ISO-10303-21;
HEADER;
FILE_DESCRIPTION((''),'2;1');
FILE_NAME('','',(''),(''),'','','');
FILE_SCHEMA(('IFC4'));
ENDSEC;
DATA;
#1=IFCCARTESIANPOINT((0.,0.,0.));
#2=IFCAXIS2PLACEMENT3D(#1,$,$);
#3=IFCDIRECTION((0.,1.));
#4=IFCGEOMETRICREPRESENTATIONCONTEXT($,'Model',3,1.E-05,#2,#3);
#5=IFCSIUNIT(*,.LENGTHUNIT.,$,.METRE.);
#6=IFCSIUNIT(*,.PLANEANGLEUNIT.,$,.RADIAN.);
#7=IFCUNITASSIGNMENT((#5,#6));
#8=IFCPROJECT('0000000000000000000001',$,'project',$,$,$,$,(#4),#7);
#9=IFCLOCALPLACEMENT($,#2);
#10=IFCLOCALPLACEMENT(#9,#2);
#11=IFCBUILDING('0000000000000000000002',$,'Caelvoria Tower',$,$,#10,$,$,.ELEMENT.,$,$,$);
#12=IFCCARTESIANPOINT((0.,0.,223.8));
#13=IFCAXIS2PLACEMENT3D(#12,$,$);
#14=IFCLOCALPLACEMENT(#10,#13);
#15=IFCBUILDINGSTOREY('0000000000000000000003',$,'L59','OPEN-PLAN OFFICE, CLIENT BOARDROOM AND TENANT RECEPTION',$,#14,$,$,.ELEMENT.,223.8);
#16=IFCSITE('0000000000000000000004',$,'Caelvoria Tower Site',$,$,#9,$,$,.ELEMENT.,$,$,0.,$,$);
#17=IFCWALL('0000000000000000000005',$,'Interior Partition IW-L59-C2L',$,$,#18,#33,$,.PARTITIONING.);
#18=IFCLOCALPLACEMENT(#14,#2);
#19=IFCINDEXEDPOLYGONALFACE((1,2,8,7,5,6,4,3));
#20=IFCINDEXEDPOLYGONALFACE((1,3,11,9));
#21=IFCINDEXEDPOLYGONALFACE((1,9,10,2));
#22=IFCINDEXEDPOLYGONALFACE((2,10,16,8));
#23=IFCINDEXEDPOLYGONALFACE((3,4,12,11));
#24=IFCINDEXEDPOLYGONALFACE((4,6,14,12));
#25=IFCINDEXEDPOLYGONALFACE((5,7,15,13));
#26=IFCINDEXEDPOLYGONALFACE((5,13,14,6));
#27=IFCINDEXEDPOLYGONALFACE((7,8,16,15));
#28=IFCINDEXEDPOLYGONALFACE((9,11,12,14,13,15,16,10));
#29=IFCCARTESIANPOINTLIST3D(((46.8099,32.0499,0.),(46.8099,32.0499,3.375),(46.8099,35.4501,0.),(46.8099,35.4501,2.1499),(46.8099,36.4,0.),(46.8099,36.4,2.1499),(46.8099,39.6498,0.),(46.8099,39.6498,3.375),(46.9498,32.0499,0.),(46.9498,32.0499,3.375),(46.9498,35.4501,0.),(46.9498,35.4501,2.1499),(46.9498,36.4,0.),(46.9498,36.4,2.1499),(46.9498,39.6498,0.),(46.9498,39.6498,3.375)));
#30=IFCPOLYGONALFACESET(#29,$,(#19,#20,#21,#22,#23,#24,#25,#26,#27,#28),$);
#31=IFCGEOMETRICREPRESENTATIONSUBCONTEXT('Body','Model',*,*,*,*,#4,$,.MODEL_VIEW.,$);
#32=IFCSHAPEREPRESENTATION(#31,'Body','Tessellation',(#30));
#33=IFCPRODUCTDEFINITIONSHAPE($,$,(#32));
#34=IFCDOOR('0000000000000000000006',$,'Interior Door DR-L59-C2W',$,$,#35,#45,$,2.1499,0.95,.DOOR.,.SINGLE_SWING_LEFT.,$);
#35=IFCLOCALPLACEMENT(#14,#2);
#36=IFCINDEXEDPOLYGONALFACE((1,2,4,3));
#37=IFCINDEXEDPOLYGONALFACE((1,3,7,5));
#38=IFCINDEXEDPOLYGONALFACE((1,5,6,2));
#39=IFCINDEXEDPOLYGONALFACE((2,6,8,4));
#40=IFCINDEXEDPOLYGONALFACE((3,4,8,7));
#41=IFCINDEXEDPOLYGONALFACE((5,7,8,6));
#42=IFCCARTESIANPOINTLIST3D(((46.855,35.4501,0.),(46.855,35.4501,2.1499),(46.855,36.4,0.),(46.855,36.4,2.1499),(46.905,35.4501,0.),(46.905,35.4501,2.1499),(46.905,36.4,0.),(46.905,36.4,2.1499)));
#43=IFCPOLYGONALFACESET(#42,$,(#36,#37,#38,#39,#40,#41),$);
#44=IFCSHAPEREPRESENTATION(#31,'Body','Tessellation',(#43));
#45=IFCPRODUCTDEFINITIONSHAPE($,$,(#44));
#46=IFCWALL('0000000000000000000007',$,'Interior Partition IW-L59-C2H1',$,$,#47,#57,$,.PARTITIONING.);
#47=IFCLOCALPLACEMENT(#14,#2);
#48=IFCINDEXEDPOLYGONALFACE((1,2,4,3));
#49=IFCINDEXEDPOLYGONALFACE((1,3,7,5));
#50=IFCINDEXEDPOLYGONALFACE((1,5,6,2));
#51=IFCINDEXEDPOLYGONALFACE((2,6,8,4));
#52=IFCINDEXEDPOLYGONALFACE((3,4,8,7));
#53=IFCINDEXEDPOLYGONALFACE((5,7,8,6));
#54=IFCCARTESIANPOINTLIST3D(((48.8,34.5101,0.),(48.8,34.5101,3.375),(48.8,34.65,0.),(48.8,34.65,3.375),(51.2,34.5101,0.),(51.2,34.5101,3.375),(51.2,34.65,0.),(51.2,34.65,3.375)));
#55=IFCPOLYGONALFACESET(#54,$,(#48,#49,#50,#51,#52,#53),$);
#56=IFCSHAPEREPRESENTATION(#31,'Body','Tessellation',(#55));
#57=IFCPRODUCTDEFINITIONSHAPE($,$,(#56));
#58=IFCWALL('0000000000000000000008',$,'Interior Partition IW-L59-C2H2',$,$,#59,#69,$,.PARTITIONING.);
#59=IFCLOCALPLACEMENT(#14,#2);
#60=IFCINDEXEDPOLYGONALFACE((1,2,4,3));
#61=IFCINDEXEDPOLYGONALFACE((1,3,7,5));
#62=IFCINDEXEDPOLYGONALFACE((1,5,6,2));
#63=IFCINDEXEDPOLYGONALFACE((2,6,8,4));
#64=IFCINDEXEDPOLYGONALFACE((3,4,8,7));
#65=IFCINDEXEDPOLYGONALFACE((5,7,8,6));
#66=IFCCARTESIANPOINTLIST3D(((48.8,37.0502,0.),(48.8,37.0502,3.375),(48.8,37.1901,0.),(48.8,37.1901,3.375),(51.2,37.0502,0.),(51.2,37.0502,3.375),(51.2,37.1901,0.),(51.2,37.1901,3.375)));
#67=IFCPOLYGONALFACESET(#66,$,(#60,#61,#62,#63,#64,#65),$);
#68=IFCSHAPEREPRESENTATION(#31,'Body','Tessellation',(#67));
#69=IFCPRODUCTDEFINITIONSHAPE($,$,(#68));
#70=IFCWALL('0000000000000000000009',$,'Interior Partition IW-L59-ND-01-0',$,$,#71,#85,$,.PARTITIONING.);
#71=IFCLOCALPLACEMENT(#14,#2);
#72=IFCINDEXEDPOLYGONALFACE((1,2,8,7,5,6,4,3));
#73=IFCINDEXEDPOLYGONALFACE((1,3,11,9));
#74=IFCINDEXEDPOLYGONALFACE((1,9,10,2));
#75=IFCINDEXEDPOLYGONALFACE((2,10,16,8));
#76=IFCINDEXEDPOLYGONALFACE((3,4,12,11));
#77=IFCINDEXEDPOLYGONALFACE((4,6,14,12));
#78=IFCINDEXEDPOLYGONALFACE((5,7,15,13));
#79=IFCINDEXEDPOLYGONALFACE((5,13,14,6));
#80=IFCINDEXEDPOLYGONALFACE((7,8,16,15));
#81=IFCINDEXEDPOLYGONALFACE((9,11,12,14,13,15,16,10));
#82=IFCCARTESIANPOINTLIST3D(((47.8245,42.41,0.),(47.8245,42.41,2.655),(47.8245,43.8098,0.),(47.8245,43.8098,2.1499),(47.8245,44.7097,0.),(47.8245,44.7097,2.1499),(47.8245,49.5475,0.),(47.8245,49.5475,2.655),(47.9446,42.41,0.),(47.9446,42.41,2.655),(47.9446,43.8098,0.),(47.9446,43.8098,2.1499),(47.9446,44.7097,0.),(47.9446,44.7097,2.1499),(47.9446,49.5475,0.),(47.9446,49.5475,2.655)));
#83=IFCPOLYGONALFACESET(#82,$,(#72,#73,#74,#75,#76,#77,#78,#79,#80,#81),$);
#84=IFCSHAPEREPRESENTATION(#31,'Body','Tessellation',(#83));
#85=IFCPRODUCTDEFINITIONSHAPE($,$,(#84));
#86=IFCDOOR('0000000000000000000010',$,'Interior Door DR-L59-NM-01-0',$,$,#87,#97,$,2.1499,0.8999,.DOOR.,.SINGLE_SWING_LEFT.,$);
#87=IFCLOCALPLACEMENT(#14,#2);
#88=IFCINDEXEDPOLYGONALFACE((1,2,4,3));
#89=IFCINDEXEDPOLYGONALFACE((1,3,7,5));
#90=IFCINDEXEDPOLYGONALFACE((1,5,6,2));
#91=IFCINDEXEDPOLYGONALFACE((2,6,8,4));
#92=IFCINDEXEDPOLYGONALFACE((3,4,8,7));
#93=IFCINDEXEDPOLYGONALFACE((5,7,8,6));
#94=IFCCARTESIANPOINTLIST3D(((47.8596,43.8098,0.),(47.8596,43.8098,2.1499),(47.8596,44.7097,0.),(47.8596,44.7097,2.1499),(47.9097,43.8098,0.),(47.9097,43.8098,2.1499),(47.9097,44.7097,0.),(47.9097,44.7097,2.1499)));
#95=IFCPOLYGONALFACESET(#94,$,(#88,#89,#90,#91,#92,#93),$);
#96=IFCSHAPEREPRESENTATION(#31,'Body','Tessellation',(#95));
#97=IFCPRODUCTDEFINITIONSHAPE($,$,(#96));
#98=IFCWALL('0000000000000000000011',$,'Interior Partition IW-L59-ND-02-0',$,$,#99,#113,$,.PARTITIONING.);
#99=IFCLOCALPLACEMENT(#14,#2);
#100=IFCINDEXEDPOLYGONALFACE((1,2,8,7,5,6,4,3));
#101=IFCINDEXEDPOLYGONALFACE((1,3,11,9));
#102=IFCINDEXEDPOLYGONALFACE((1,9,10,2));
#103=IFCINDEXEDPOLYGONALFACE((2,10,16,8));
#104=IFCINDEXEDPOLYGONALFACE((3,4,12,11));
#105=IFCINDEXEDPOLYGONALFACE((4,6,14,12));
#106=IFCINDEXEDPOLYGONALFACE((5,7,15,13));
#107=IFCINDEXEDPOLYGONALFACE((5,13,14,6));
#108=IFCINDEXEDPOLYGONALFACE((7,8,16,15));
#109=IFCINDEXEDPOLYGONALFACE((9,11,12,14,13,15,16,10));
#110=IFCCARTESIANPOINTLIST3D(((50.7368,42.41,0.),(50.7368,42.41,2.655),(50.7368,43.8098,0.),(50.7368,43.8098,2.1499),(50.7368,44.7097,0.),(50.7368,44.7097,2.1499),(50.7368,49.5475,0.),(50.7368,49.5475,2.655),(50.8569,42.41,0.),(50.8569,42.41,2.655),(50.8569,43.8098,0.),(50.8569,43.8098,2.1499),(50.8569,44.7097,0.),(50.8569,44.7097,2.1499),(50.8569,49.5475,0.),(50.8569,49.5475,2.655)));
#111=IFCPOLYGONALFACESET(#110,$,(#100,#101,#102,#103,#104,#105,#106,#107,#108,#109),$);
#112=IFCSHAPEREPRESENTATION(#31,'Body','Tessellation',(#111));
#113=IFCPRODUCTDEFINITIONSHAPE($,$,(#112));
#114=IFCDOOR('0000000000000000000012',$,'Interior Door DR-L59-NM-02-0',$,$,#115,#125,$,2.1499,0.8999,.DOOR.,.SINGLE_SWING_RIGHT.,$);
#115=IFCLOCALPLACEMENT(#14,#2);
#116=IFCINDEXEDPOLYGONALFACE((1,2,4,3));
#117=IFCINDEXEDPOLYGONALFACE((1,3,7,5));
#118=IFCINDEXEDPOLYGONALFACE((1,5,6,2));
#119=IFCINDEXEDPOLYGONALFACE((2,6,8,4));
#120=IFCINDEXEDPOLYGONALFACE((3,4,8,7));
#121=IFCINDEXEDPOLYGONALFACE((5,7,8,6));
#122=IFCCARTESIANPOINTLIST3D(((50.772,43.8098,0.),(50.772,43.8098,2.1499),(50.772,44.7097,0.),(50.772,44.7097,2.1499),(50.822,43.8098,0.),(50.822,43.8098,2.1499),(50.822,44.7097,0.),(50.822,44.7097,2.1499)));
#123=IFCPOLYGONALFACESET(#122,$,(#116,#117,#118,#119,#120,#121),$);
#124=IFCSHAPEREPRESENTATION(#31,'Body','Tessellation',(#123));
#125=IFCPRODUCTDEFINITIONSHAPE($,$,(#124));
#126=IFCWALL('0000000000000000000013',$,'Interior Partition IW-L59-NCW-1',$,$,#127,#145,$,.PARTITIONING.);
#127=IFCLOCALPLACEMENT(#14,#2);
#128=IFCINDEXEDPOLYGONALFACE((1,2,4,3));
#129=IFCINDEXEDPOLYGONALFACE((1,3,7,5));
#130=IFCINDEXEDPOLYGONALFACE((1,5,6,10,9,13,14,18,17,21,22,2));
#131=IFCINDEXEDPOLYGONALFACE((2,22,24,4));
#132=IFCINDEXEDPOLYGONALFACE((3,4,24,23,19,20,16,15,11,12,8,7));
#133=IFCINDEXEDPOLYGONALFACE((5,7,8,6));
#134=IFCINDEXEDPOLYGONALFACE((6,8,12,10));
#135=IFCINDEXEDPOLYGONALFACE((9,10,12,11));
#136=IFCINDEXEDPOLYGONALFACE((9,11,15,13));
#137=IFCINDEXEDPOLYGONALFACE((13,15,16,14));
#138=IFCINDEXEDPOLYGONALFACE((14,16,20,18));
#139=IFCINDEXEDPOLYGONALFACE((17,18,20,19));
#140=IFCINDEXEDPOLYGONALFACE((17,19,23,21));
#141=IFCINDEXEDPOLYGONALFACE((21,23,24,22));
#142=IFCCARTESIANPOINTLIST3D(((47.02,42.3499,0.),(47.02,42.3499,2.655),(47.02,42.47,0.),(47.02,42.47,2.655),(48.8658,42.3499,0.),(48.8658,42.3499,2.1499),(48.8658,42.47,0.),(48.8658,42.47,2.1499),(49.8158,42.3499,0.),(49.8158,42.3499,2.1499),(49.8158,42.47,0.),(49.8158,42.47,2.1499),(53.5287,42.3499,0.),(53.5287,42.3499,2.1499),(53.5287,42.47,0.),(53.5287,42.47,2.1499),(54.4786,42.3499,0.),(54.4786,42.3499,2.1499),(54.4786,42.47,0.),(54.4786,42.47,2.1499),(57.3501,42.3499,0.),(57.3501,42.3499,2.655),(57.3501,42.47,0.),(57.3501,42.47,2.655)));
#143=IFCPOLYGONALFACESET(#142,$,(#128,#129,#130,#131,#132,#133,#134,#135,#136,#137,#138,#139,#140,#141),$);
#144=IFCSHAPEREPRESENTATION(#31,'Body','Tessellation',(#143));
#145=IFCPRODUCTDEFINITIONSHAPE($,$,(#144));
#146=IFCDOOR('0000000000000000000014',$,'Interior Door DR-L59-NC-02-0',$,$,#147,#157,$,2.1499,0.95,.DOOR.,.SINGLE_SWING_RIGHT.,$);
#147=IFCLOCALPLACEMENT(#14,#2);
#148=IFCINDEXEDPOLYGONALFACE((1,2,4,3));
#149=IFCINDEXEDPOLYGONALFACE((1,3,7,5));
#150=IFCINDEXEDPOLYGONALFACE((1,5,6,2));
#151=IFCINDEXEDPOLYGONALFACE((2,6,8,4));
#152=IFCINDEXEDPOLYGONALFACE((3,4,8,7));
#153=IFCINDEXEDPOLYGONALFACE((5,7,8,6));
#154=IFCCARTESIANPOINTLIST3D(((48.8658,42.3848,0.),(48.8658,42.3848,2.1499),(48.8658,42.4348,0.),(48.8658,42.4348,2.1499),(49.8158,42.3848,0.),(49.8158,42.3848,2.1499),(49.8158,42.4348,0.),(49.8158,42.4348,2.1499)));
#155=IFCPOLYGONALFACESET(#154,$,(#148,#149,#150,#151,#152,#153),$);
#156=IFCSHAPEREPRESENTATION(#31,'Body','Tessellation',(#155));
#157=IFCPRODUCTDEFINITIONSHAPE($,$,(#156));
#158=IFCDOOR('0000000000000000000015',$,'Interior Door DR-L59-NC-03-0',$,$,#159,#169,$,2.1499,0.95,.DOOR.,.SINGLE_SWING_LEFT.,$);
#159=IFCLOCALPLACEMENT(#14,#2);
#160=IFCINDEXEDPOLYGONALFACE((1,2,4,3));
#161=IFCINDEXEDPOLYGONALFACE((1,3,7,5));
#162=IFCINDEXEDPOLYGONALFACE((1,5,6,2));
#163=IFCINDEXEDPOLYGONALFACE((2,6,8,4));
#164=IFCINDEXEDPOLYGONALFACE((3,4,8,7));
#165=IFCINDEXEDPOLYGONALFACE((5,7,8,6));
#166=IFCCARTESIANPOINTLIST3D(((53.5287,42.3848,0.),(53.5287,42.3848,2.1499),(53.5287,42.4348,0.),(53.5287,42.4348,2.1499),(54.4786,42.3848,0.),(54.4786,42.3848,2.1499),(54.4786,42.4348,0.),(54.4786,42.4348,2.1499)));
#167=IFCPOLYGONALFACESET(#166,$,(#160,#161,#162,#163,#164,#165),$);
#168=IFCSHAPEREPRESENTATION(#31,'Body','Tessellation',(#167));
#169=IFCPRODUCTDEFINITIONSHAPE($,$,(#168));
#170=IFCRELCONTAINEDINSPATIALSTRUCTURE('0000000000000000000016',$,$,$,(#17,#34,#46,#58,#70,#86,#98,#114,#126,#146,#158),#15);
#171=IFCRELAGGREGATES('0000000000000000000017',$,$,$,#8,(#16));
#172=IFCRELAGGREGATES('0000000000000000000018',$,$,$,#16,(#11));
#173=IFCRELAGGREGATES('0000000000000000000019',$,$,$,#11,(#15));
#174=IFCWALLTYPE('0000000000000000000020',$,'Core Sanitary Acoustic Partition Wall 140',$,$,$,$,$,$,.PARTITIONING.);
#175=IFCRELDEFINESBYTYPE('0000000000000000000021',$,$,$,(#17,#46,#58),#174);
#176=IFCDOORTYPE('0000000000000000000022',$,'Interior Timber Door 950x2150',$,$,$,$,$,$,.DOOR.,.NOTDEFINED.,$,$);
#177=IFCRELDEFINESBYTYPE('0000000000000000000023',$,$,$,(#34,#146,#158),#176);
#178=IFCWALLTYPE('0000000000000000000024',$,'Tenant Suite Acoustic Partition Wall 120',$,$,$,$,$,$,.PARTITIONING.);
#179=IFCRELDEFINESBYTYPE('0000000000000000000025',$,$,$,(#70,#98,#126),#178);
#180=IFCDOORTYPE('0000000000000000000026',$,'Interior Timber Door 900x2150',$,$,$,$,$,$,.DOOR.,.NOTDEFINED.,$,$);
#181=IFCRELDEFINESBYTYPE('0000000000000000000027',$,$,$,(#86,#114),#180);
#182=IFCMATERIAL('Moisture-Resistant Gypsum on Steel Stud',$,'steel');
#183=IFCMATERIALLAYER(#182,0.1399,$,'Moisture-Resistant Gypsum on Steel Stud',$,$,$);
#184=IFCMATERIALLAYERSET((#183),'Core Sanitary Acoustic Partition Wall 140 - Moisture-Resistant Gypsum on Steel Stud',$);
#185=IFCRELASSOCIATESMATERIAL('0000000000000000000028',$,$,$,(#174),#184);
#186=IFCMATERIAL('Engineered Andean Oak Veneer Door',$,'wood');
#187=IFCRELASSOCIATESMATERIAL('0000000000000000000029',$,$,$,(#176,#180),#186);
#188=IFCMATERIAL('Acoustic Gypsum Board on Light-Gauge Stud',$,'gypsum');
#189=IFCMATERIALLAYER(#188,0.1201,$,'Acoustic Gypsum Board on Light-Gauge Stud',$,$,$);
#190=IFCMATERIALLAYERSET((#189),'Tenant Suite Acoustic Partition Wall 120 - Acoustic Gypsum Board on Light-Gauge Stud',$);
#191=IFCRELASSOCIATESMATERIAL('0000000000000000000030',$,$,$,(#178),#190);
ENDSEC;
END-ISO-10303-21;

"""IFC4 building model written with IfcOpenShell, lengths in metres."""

from ifc_helpers import new_model, si_unit, direction, frame, frame_2d, origin, place, context, subcontext, project, spatial, rectangle, extrude, material, layer, layer_set, type_object, element, fill, save


model = new_model("IFC4")

# Units and contexts
model_context = context("Model", 3, precision=1e-05, world=origin(), true_north=direction((0.0, 1.0)))
body_context = subcontext(model_context, "Body", "Model", "MODEL_VIEW")
ifc_project = project(units=[si_unit("LENGTHUNIT", "METRE"), si_unit("PLANEANGLEUNIT", "RADIAN")], contexts=[model_context])

# Site, building, storey
site_placement = place(None, origin())
site = spatial("IfcSite", under=ifc_project, at=site_placement, Name="Caelvoria Tower Site", CompositionType="ELEMENT", RefElevation=0.0)
building_placement = place(site_placement, origin())
building = spatial("IfcBuilding", under=site, at=building_placement, Name="Caelvoria Tower", CompositionType="ELEMENT")
storey_placement = place(building_placement, frame((0.0, 0.0, 223.8)))
storey = spatial("IfcBuildingStorey", under=building, at=storey_placement, Name="L59", Description="OPEN-PLAN OFFICE, CLIENT BOARDROOM AND TENANT RECEPTION", CompositionType="ELEMENT", Elevation=223.8)

# Wall, opening, door
ifc_material_1 = material(Name="Moisture-Resistant Gypsum on Steel Stud", Category="steel")
ifc_layer_1 = layer(ifc_material_1, 0.1399, Name="Moisture-Resistant Gypsum on Steel Stud")
ifc_layer_set_1 = layer_set([ifc_layer_1], Name="Core Sanitary Acoustic Partition Wall 140 - Moisture-Resistant Gypsum on Steel Stud")
wall_type_1 = type_object("IfcWallType", Name="Core Sanitary Acoustic Partition Wall 140", PredefinedType="PARTITIONING", material=ifc_layer_set_1)
wall_1_placement = place(storey_placement, frame((46.8799, 32.05, 0.0), z_axis=(0.0, 0.0, 1.0), x_axis=(0.0, 1.0, 0.0)))
wall_1 = element("IfcWall", 1, at=wall_1_placement, inside=storey, type_object=wall_type_1, Name="Interior Partition IW-L59-C2L", PredefinedType="PARTITIONING", context=body_context, shape_type="SweptSolid", body=[
    extrude(rectangle(XDim=7.5999, YDim=0.1399, at=frame_2d((3.7998, 0.0))), origin(), (0.0, 0.0, 1.0), 3.375),
])
opening_1_placement = place(wall_1_placement, frame((3.3999, 0.0, 0.0)))
opening_1 = element("IfcOpeningElement", 2, at=opening_1_placement, cuts=wall_1, PredefinedType="OPENING", context=body_context, shape_type="SweptSolid", body=[
    extrude(rectangle(XDim=0.95, YDim=2.1499, at=frame_2d((0.4751, 1.075))), frame((0.0, 0.0798, 0.0), z_axis=(0.0, -1.0, 0.0), x_axis=(1.0, 0.0, 0.0)), (0.0, 0.0, 1.0), 0.1599),
])
ifc_material_2 = material(Name="Engineered Andean Oak Veneer Door", Category="wood")
door_type_1 = type_object("IfcDoorType", Name="Interior Timber Door 950x2150", OperationType="NOTDEFINED", PredefinedType="DOOR", material=ifc_material_2)
door_1_placement = place(opening_1_placement, origin())
door_1 = element("IfcDoor", 3, at=door_1_placement, inside=storey, type_object=door_type_1, Name="Interior Door DR-L59-C2W", OperationType="SINGLE_SWING_LEFT", OverallHeight=2.1499, OverallWidth=0.95, PredefinedType="DOOR", context=body_context, shape_type="SweptSolid", body=[
    extrude(rectangle(XDim=0.95, YDim=2.1499, at=frame_2d((0.4751, 1.075))), frame((0.0, 0.0249, 0.0), z_axis=(0.0, -1.0, 0.0), x_axis=(1.0, 0.0, 0.0)), (0.0, 0.0, 1.0), 0.05),
])
fill(opening_1, door_1)

# Shared definitions
door_type_2 = type_object("IfcDoorType", Name="Interior Timber Door 900x2150", OperationType="NOTDEFINED", PredefinedType="DOOR", material=ifc_material_2)

# Walls
for number, where, z_axis, x_axis, name in (
    (4, (48.8, 34.5801, 0.0), (0.0, 0.0, 1.0), (1.0, 0.0, 0.0), "Interior Partition IW-L59-C2H1"),
    (5, (48.8, 37.1201, 0.0), (0.0, 0.0, 1.0), (1.0, 0.0, 0.0), "Interior Partition IW-L59-C2H2"),
):
    element("IfcWall", number, at=place(storey_placement, frame(where, z_axis=z_axis, x_axis=x_axis)), inside=storey, type_object=wall_type_1, Name=name, PredefinedType="PARTITIONING", context=body_context, shape_type="SweptSolid", body=[
        extrude(rectangle(XDim=2.3999, YDim=0.1399, at=frame_2d((1.2, 0.0))), origin(), (0.0, 0.0, 1.0), 3.375),
    ])

# Walls, openings, doors
ifc_material_3 = material(Name="Acoustic Gypsum Board on Light-Gauge Stud", Category="gypsum")
ifc_layer_2 = layer(ifc_material_3, 0.1201, Name="Acoustic Gypsum Board on Light-Gauge Stud")
ifc_layer_set_2 = layer_set([ifc_layer_2], Name="Tenant Suite Acoustic Partition Wall 120 - Acoustic Gypsum Board on Light-Gauge Stud")
wall_type_2 = type_object("IfcWallType", Name="Tenant Suite Acoustic Partition Wall 120", PredefinedType="PARTITIONING", material=ifc_layer_set_2)
wall_2_placement = place(storey_placement, frame((47.8845, 42.4099, 0.0), z_axis=(0.0, 0.0, 1.0), x_axis=(0.0, 1.0, 0.0)))
wall_2 = element("IfcWall", 6, at=wall_2_placement, inside=storey, type_object=wall_type_2, Name="Interior Partition IW-L59-ND-01-0", PredefinedType="PARTITIONING", context=body_context, shape_type="SweptSolid", body=[
    extrude(rectangle(XDim=7.1375, YDim=0.1201, at=frame_2d((3.5688, 0.0))), origin(), (0.0, 0.0, 1.0), 2.655),
])
opening_2_placement = place(wall_2_placement, frame((1.3999, 0.0, 0.0)))
opening_2 = element("IfcOpeningElement", 7, at=opening_2_placement, cuts=wall_2, PredefinedType="OPENING", context=body_context, shape_type="SweptSolid", body=[
    extrude(rectangle(XDim=0.8999, YDim=2.1499, at=frame_2d((0.45, 1.075))), frame((0.0, 0.0701, 0.0), z_axis=(0.0, -1.0, 0.0), x_axis=(1.0, 0.0, 0.0)), (0.0, 0.0, 1.0), 0.1401),
])
door_2_placement = place(opening_2_placement, origin())
door_2 = element("IfcDoor", 8, at=door_2_placement, inside=storey, type_object=door_type_2, Name="Interior Door DR-L59-NM-01-0", OperationType="SINGLE_SWING_LEFT", OverallHeight=2.1499, OverallWidth=0.8999, PredefinedType="DOOR", context=body_context, shape_type="SweptSolid", body=[
    extrude(rectangle(XDim=0.8999, YDim=2.1499, at=frame_2d((0.45, 1.075))), frame((0.0, 0.0249, 0.0), z_axis=(0.0, -1.0, 0.0), x_axis=(1.0, 0.0, 0.0)), (0.0, 0.0, 1.0), 0.05),
])
fill(opening_2, door_2)
wall_3_placement = place(storey_placement, frame((50.7969, 42.4099, 0.0), z_axis=(0.0, 0.0, 1.0), x_axis=(0.0, 1.0, 0.0)))
wall_3 = element("IfcWall", 9, at=wall_3_placement, inside=storey, type_object=wall_type_2, Name="Interior Partition IW-L59-ND-02-0", PredefinedType="PARTITIONING", context=body_context, shape_type="SweptSolid", body=[
    extrude(rectangle(XDim=7.1375, YDim=0.1201, at=frame_2d((3.5688, 0.0))), origin(), (0.0, 0.0, 1.0), 2.655),
])
opening_3_placement = place(wall_3_placement, frame((1.3999, 0.0, 0.0)))
opening_3 = element("IfcOpeningElement", 10, at=opening_3_placement, cuts=wall_3, PredefinedType="OPENING", context=body_context, shape_type="SweptSolid", body=[
    extrude(rectangle(XDim=0.8999, YDim=2.1499, at=frame_2d((0.45, 1.075))), frame((0.0, 0.0701, 0.0), z_axis=(0.0, -1.0, 0.0), x_axis=(1.0, 0.0, 0.0)), (0.0, 0.0, 1.0), 0.1401),
])
door_3_placement = place(opening_3_placement, origin())
door_3 = element("IfcDoor", 11, at=door_3_placement, inside=storey, type_object=door_type_2, Name="Interior Door DR-L59-NM-02-0", OperationType="SINGLE_SWING_RIGHT", OverallHeight=2.1499, OverallWidth=0.8999, PredefinedType="DOOR", context=body_context, shape_type="SweptSolid", body=[
    extrude(rectangle(XDim=0.8999, YDim=2.1499, at=frame_2d((0.45, 1.075))), frame((0.0, 0.0249, 0.0), z_axis=(0.0, -1.0, 0.0), x_axis=(1.0, 0.0, 0.0)), (0.0, 0.0, 1.0), 0.05),
])
fill(opening_3, door_3)

# Wall, openings, doors
wall_4_placement = place(storey_placement, frame((47.02, 42.4099, 0.0), z_axis=(0.0, 0.0, 1.0), x_axis=(1.0, 0.0, 0.0)))
wall_4 = element("IfcWall", 12, at=wall_4_placement, inside=storey, type_object=wall_type_2, Name="Interior Partition IW-L59-NCW-1", PredefinedType="PARTITIONING", context=body_context, shape_type="SweptSolid", body=[
    extrude(rectangle(XDim=10.3301, YDim=0.1201, at=frame_2d((5.165, 0.0))), origin(), (0.0, 0.0, 1.0), 2.655),
])
opening_4_placement = place(wall_4_placement, frame((1.8457, 0.0, 0.0)))
opening_4 = element("IfcOpeningElement", 13, at=opening_4_placement, cuts=wall_4, PredefinedType="OPENING", context=body_context, shape_type="SweptSolid", body=[
    extrude(rectangle(XDim=0.95, YDim=2.1499, at=frame_2d((0.4751, 1.075))), frame((0.0, 0.0701, 0.0), z_axis=(0.0, -1.0, 0.0), x_axis=(1.0, 0.0, 0.0)), (0.0, 0.0, 1.0), 0.1401),
])
opening_5_placement = place(wall_4_placement, frame((6.5085, 0.0, 0.0)))
opening_5 = element("IfcOpeningElement", 14, at=opening_5_placement, cuts=wall_4, PredefinedType="OPENING", context=body_context, shape_type="SweptSolid", body=[
    extrude(rectangle(XDim=0.95, YDim=2.1499, at=frame_2d((0.4751, 1.075))), frame((0.0, 0.0701, 0.0), z_axis=(0.0, -1.0, 0.0), x_axis=(1.0, 0.0, 0.0)), (0.0, 0.0, 1.0), 0.1401),
])
door_4_placement = place(opening_4_placement, origin())
door_4 = element("IfcDoor", 15, at=door_4_placement, inside=storey, type_object=door_type_1, Name="Interior Door DR-L59-NC-02-0", OperationType="SINGLE_SWING_RIGHT", OverallHeight=2.1499, OverallWidth=0.95, PredefinedType="DOOR", context=body_context, shape_type="SweptSolid", body=[
    extrude(rectangle(XDim=0.95, YDim=2.1499, at=frame_2d((0.4751, 1.075))), frame((0.0, 0.0249, 0.0), z_axis=(0.0, -1.0, 0.0), x_axis=(1.0, 0.0, 0.0)), (0.0, 0.0, 1.0), 0.05),
])
fill(opening_4, door_4)
door_5_placement = place(opening_5_placement, origin())
door_5 = element("IfcDoor", 16, at=door_5_placement, inside=storey, type_object=door_type_1, Name="Interior Door DR-L59-NC-03-0", OperationType="SINGLE_SWING_LEFT", OverallHeight=2.1499, OverallWidth=0.95, PredefinedType="DOOR", context=body_context, shape_type="SweptSolid", body=[
    extrude(rectangle(XDim=0.95, YDim=2.1499, at=frame_2d((0.4751, 1.075))), frame((0.0, 0.0249, 0.0), z_axis=(0.0, -1.0, 0.0), x_axis=(1.0, 0.0, 0.0)), (0.0, 0.0, 1.0), 0.05),
])
fill(opening_5, door_5)

save(model, "model.ifc")
